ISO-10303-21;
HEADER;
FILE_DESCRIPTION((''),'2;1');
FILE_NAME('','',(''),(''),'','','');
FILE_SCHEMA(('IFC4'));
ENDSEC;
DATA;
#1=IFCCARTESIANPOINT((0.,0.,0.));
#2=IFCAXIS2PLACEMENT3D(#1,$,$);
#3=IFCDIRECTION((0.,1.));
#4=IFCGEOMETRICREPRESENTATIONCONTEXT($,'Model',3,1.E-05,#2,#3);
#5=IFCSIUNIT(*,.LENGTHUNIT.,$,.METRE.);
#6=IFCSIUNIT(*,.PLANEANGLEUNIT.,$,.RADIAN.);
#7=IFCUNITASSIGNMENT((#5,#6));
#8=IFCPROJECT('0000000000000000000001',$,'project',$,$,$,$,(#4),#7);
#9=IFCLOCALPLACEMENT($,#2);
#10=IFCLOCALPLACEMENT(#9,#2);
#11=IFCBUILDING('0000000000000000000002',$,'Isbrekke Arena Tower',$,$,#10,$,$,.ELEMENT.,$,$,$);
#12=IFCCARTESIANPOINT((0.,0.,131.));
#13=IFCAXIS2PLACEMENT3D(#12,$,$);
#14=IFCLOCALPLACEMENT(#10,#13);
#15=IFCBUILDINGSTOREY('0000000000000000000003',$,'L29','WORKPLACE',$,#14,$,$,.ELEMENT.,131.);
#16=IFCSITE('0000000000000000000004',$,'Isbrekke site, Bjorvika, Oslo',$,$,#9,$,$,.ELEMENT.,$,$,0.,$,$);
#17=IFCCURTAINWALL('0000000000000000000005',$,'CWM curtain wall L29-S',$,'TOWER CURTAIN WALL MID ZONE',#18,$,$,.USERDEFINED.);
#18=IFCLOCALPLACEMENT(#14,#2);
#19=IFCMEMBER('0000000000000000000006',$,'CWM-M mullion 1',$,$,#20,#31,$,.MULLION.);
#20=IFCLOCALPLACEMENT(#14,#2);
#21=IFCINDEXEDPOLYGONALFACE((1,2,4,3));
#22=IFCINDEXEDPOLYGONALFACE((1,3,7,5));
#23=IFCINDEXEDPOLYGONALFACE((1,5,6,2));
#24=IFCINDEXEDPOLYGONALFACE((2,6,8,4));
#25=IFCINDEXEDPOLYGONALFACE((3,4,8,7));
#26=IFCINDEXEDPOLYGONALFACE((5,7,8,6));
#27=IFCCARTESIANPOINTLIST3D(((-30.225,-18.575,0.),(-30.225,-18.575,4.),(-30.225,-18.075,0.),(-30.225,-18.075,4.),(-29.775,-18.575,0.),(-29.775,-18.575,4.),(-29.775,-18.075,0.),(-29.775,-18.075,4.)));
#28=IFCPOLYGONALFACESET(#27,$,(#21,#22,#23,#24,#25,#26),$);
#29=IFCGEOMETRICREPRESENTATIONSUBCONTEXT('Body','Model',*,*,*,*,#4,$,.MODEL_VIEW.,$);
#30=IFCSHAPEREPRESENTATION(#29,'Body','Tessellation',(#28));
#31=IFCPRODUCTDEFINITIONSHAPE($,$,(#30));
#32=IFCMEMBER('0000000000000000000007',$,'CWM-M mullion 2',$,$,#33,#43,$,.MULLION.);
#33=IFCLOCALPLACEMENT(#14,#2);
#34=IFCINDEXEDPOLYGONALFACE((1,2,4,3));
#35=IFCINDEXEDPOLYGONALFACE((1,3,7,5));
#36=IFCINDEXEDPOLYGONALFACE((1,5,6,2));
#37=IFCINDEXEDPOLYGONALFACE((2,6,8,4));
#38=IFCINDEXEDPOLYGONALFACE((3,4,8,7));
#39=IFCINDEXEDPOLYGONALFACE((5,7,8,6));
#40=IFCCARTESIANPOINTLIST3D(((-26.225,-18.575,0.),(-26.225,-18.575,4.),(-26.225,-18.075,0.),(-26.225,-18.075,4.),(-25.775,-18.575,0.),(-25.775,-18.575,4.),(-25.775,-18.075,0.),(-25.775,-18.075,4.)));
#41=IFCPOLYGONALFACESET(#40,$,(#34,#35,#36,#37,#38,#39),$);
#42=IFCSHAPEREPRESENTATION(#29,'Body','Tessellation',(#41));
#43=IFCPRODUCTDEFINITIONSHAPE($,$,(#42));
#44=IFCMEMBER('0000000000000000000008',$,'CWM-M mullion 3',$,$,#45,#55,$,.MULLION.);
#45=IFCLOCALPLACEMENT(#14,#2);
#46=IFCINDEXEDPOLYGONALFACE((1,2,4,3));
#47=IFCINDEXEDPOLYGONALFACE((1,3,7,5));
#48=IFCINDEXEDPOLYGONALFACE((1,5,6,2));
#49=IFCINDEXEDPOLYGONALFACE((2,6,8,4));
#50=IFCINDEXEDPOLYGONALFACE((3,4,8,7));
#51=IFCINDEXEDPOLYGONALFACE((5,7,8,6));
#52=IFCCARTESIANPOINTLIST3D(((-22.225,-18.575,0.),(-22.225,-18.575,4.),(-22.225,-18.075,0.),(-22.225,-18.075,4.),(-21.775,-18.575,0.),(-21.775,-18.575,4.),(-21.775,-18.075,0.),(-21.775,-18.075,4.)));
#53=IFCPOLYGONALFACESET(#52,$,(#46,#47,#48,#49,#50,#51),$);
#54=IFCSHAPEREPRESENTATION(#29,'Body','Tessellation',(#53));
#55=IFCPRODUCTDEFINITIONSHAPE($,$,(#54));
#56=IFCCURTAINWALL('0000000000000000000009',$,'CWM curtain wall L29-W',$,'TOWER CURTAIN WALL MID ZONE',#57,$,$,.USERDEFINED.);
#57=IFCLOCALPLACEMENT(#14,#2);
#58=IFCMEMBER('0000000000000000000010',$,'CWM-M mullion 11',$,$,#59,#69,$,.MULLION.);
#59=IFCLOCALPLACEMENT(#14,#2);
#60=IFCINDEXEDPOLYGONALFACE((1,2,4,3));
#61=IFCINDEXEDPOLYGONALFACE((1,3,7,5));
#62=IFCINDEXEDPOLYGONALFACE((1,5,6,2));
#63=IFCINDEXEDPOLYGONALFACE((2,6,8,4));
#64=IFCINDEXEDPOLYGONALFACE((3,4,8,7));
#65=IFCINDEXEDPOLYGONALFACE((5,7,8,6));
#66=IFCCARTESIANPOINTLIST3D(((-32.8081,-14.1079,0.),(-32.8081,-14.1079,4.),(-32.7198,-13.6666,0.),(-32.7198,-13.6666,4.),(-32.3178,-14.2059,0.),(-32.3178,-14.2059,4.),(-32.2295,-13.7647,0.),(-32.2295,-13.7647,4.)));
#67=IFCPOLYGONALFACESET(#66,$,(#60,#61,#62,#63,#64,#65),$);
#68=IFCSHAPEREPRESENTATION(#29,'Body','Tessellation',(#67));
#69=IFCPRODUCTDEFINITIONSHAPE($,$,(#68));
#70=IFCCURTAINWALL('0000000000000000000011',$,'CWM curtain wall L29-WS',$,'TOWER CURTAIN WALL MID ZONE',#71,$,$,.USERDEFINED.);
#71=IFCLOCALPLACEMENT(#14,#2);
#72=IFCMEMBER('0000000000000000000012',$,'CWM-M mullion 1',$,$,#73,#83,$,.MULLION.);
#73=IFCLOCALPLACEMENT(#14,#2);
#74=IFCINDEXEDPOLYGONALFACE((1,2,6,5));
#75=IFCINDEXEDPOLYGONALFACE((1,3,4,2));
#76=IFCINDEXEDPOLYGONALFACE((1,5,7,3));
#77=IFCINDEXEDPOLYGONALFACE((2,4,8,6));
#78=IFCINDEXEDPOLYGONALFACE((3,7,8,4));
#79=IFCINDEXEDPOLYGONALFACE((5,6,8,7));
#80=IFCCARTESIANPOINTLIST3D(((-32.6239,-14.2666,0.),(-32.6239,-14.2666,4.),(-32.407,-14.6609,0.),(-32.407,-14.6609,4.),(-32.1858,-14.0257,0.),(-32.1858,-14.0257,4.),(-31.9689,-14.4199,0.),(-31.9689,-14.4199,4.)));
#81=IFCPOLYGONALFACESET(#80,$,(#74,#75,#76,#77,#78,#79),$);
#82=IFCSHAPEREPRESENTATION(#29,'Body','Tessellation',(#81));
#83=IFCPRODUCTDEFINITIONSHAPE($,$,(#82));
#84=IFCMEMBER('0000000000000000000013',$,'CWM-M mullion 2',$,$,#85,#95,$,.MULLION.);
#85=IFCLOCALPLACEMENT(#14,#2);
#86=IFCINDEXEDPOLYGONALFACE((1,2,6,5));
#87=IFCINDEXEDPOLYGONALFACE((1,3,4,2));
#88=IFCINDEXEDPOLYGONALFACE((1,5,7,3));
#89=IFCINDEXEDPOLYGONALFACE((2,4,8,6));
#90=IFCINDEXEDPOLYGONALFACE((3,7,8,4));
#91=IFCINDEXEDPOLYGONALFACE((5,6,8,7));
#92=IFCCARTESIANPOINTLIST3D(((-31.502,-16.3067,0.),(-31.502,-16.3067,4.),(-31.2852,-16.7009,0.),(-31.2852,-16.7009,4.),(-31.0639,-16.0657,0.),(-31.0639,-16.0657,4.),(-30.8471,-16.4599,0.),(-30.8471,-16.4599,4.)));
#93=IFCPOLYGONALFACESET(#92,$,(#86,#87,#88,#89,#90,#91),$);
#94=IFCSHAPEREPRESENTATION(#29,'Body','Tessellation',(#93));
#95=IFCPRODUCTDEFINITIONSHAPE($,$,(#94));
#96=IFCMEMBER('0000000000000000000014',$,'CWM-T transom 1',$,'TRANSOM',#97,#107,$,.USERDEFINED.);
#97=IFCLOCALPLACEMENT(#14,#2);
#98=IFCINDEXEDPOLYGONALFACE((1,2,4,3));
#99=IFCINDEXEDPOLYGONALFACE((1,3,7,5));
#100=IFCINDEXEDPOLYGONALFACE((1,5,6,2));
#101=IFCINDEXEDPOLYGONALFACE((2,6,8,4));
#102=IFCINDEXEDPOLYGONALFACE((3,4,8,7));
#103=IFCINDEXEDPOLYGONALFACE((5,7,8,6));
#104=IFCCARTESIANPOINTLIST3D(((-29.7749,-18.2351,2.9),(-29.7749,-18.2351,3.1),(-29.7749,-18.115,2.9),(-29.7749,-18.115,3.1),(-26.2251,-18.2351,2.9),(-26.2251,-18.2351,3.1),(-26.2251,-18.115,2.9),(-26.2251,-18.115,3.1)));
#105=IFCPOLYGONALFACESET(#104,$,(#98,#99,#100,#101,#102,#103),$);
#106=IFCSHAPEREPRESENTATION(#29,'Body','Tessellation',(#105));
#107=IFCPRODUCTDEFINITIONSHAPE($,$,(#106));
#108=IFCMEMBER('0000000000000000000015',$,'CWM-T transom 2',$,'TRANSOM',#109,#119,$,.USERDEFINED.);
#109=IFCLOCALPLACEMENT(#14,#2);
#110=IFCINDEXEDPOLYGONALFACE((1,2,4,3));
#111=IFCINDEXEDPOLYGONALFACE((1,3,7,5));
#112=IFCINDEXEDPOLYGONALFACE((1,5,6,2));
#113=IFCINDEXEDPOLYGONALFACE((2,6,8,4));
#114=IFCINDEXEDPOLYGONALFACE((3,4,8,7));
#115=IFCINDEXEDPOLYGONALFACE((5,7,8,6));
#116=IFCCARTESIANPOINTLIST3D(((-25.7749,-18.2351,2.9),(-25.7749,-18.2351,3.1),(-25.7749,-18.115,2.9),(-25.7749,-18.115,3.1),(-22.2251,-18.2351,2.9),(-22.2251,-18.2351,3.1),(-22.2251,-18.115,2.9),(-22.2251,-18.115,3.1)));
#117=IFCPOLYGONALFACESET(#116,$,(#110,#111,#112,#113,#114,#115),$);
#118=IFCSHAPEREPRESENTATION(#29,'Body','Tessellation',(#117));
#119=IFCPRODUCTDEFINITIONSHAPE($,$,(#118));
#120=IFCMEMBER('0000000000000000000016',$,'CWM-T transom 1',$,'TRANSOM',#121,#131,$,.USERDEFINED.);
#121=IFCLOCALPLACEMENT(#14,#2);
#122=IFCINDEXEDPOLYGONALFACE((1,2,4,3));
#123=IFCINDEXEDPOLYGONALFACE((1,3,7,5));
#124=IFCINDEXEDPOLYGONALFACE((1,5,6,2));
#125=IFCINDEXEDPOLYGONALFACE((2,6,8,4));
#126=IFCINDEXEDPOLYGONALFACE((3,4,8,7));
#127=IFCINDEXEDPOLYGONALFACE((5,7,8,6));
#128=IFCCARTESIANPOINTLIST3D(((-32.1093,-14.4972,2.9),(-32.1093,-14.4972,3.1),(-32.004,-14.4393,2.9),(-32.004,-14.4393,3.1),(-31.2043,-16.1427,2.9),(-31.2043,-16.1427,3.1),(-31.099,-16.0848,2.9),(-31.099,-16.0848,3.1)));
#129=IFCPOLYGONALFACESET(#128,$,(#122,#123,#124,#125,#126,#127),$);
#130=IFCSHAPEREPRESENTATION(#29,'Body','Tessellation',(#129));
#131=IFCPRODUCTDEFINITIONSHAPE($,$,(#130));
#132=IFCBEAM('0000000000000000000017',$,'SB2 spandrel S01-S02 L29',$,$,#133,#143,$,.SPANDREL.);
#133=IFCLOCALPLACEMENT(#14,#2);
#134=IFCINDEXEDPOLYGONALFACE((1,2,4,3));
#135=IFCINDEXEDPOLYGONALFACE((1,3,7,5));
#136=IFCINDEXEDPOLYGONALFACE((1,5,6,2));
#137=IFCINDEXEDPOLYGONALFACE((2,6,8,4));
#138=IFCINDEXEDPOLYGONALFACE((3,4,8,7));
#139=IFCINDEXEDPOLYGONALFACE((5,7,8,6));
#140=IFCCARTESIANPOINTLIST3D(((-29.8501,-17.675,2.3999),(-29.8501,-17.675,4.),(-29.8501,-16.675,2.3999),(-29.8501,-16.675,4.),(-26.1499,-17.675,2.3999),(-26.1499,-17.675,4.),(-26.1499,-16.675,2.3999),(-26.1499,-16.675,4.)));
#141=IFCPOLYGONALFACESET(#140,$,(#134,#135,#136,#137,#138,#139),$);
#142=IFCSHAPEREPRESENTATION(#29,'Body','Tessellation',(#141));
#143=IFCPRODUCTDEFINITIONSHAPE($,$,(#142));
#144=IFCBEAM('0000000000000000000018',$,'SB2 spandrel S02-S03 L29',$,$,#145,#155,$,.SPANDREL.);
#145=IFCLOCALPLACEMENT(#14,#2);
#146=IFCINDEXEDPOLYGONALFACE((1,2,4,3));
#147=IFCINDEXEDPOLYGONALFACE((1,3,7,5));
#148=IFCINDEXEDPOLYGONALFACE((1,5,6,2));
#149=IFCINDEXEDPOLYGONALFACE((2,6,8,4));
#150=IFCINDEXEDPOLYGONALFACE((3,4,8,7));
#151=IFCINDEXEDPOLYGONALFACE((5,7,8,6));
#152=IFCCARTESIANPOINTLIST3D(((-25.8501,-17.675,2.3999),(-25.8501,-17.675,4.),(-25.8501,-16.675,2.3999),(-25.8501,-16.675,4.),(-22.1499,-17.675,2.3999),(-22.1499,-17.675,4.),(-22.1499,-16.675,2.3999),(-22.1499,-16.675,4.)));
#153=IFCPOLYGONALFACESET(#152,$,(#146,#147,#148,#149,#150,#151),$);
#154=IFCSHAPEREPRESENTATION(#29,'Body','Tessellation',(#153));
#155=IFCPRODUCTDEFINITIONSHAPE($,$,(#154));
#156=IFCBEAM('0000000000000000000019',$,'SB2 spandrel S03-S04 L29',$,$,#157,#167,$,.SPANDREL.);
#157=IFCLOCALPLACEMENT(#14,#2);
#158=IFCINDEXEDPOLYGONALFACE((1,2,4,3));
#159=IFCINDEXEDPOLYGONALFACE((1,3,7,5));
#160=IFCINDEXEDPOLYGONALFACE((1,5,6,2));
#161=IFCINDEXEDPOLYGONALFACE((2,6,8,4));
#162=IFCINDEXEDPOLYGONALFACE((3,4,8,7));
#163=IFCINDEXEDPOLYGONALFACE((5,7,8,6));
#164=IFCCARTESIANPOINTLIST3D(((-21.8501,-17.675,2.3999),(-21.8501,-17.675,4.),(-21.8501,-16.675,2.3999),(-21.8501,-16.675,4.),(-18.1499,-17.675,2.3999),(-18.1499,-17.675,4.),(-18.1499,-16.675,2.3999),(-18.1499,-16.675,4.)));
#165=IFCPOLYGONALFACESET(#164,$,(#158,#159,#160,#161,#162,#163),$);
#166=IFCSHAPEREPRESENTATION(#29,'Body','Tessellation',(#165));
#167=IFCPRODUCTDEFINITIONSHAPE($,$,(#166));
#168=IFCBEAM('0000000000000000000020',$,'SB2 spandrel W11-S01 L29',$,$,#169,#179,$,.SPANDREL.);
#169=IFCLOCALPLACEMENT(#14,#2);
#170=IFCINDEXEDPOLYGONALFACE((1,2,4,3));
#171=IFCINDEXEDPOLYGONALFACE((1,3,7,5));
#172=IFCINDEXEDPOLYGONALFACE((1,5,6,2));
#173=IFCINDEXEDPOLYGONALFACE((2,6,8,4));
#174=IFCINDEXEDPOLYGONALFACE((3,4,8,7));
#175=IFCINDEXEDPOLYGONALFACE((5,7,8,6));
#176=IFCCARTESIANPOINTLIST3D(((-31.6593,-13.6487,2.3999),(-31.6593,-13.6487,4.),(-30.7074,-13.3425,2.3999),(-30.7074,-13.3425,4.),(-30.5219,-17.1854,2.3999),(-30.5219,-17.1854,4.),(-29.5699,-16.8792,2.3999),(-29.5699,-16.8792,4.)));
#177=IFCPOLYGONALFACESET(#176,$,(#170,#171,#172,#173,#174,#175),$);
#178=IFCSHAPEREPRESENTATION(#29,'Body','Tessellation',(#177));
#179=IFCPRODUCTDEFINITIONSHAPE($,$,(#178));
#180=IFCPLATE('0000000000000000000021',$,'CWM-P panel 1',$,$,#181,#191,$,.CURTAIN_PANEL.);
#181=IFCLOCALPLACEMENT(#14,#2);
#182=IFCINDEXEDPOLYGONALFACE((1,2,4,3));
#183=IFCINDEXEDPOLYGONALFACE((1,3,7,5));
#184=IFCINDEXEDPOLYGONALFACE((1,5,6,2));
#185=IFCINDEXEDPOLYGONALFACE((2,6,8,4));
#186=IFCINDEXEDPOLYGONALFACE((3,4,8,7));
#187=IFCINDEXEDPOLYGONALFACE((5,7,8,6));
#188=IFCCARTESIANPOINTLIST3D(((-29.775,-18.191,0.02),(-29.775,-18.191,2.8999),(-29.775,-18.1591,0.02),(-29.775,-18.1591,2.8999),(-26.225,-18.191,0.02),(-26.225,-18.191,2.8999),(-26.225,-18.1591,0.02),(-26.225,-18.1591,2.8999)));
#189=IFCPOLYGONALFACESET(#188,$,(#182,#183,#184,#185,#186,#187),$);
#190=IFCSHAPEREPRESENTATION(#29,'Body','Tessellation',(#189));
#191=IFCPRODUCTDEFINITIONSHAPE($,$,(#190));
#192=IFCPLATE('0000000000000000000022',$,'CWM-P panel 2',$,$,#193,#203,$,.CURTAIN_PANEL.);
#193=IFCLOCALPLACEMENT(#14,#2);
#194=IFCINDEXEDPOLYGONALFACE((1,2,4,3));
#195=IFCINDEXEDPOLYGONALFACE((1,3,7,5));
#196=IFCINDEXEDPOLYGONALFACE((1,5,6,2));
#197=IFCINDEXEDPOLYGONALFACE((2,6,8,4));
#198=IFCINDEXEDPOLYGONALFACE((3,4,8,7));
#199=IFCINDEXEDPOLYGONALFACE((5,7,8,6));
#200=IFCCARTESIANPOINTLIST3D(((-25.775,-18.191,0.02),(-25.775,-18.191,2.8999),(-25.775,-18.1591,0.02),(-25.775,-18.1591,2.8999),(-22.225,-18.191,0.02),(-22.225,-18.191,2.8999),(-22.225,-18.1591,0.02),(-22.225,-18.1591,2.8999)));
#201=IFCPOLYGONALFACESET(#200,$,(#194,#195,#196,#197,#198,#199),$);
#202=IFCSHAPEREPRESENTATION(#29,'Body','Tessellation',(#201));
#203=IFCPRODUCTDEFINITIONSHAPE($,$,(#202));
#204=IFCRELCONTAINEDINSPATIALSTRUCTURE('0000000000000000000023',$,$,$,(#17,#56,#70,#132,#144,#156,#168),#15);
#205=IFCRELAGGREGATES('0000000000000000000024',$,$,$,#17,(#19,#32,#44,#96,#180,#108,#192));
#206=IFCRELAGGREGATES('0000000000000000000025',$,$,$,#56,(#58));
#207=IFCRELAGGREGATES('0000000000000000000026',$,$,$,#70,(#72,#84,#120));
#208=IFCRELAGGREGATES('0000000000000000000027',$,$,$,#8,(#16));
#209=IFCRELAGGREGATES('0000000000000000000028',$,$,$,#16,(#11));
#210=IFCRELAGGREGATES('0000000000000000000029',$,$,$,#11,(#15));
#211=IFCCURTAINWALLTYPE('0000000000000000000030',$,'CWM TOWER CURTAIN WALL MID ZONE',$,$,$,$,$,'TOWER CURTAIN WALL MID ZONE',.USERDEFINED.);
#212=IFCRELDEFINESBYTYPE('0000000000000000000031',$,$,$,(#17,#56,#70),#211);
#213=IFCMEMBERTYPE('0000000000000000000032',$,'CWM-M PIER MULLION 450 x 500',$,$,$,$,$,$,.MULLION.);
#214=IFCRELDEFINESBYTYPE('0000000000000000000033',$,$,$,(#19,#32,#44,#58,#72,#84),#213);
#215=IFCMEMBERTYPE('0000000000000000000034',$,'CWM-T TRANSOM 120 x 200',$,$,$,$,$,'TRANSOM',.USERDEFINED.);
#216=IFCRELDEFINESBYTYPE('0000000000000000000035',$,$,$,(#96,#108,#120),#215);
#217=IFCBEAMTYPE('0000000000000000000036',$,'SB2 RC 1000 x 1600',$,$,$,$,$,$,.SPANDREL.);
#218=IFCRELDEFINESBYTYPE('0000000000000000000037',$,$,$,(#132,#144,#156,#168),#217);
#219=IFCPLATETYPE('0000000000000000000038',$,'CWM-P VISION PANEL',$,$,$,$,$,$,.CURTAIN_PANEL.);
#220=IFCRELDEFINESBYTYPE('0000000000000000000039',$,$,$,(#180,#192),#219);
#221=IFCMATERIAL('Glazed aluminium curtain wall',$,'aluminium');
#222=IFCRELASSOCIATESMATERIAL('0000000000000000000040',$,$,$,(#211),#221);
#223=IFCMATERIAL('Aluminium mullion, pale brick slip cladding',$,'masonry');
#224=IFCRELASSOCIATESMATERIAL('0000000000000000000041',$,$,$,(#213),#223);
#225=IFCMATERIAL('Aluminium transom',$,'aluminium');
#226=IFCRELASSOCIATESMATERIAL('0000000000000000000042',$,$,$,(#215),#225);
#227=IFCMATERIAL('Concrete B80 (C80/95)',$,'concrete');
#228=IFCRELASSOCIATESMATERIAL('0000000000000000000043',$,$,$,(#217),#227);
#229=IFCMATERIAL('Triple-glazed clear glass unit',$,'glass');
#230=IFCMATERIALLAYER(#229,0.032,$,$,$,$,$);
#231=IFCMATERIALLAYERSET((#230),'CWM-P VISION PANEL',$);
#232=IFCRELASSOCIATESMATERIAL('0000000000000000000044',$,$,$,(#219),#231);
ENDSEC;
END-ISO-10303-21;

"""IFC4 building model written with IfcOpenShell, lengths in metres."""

from ifc_helpers import new_model, si_unit, direction, frame, origin, origin_2d, place, context, subcontext, project, spatial, rectangle, extrude, material, layer, layer_set, material_profile, profile_set, type_object, element, aggregate, save


model = new_model("IFC4")

# Units and contexts
model_context = context("Model", 3, precision=1e-05, world=origin(), true_north=direction((0.0, 1.0)))
body_context = subcontext(model_context, "Body", "Model", "MODEL_VIEW")
ifc_project = project(units=[si_unit("LENGTHUNIT", "METRE"), si_unit("PLANEANGLEUNIT", "RADIAN")], contexts=[model_context])

# Site, building, storey
site_placement = place(None, origin())
site = spatial("IfcSite", under=ifc_project, at=site_placement, Name="Isbrekke site, Bjorvika, Oslo", CompositionType="ELEMENT", RefElevation=0.0)
building_placement = place(site_placement, origin())
building = spatial("IfcBuilding", under=site, at=building_placement, Name="Isbrekke Arena Tower", CompositionType="ELEMENT")
storey_placement = place(building_placement, frame((0.0, 0.0, 131.0)))
storey = spatial("IfcBuildingStorey", under=building, at=storey_placement, Name="L29", Description="WORKPLACE", CompositionType="ELEMENT", Elevation=131.0)

# Curtain wall, members
ifc_material_1 = material(Name="Glazed aluminium curtain wall", Category="aluminium")
curtain_wall_type = type_object("IfcCurtainWallType", Name="CWM TOWER CURTAIN WALL MID ZONE", ElementType="TOWER CURTAIN WALL MID ZONE", PredefinedType="USERDEFINED", material=ifc_material_1)
curtain_wall_1_placement = place(storey_placement, origin())
curtain_wall_1 = element("IfcCurtainWall", 1, at=curtain_wall_1_placement, inside=storey, type_object=curtain_wall_type, Name="CWM curtain wall L29-S", ObjectType="TOWER CURTAIN WALL MID ZONE", PredefinedType="USERDEFINED")
ifc_material_2 = material(Name="Aluminium mullion, pale brick slip cladding", Category="masonry")
ifc_material_profile_1 = material_profile(ifc_material_2, rectangle(XDim=0.45, YDim=0.5, at=origin_2d()), Name="PIER 450X500")
ifc_profile_set_1 = profile_set([ifc_material_profile_1], Name="Aluminium mullion, pale brick slip cladding")
member_type_1 = type_object("IfcMemberType", Name="CWM-M PIER MULLION 450 x 500", PredefinedType="MULLION", material=ifc_profile_set_1)
member_1_placement = place(storey_placement, frame((-30.0, -18.325, 0.0), z_axis=(0.0, 0.0, 1.0), x_axis=(1.0, 0.0, 0.0)))
member_1 = element("IfcMember", 2, at=member_1_placement, type_object=member_type_1, Name="CWM-M mullion 1", PredefinedType="MULLION", context=body_context, shape_type="SweptSolid", body=[
    extrude(rectangle(XDim=0.45, YDim=0.5, at=origin_2d()), origin(), (0.0, 0.0, 1.0), 4.0),
])
member_2_placement = place(storey_placement, frame((-26.0, -18.325, 0.0), z_axis=(0.0, 0.0, 1.0), x_axis=(1.0, 0.0, 0.0)))
member_2 = element("IfcMember", 3, at=member_2_placement, type_object=member_type_1, Name="CWM-M mullion 2", PredefinedType="MULLION", context=body_context, shape_type="SweptSolid", body=[
    extrude(rectangle(XDim=0.45, YDim=0.5, at=origin_2d()), origin(), (0.0, 0.0, 1.0), 4.0),
])
member_3_placement = place(storey_placement, frame((-22.0, -18.325, 0.0), z_axis=(0.0, 0.0, 1.0), x_axis=(1.0, 0.0, 0.0)))
member_3 = element("IfcMember", 4, at=member_3_placement, type_object=member_type_1, Name="CWM-M mullion 3", PredefinedType="MULLION", context=body_context, shape_type="SweptSolid", body=[
    extrude(rectangle(XDim=0.45, YDim=0.5, at=origin_2d()), origin(), (0.0, 0.0, 1.0), 4.0),
])

# Curtain wall, member
curtain_wall_2_placement = place(storey_placement, origin())
curtain_wall_2 = element("IfcCurtainWall", 5, at=curtain_wall_2_placement, inside=storey, type_object=curtain_wall_type, Name="CWM curtain wall L29-W", ObjectType="TOWER CURTAIN WALL MID ZONE", PredefinedType="USERDEFINED")
member_4_placement = place(storey_placement, frame((-32.5188, -13.9363, 0.0), z_axis=(0.0, 0.0, 1.0), x_axis=(-0.196116, -0.980581, 0.0)))
member_4 = element("IfcMember", 6, at=member_4_placement, type_object=member_type_1, Name="CWM-M mullion 11", PredefinedType="MULLION", context=body_context, shape_type="SweptSolid", body=[
    extrude(rectangle(XDim=0.45, YDim=0.5, at=origin_2d()), origin(), (0.0, 0.0, 1.0), 4.0),
])

# Curtain wall, members
curtain_wall_3_placement = place(storey_placement, origin())
curtain_wall_3 = element("IfcCurtainWall", 7, at=curtain_wall_3_placement, inside=storey, type_object=curtain_wall_type, Name="CWM curtain wall L29-WS", ObjectType="TOWER CURTAIN WALL MID ZONE", PredefinedType="USERDEFINED")
member_5_placement = place(storey_placement, frame((-32.2964, -14.3433, 0.0), z_axis=(0.0, 0.0, 1.0), x_axis=(0.481919, -0.876216, 0.0)))
member_5 = element("IfcMember", 8, at=member_5_placement, type_object=member_type_1, Name="CWM-M mullion 1", PredefinedType="MULLION", context=body_context, shape_type="SweptSolid", body=[
    extrude(rectangle(XDim=0.45, YDim=0.5, at=origin_2d()), origin(), (0.0, 0.0, 1.0), 4.0),
])
member_6_placement = place(storey_placement, frame((-31.1746, -16.3833, 0.0), z_axis=(0.0, 0.0, 1.0), x_axis=(0.481919, -0.876216, 0.0)))
member_6 = element("IfcMember", 9, at=member_6_placement, type_object=member_type_1, Name="CWM-M mullion 2", PredefinedType="MULLION", context=body_context, shape_type="SweptSolid", body=[
    extrude(rectangle(XDim=0.45, YDim=0.5, at=origin_2d()), origin(), (0.0, 0.0, 1.0), 4.0),
])

# Members
ifc_material_3 = material(Name="Aluminium transom", Category="aluminium")
ifc_material_profile_2 = material_profile(ifc_material_3, rectangle(XDim=0.1201, YDim=0.2, at=origin_2d()), Name="TRANSOM 120X200")
ifc_profile_set_2 = profile_set([ifc_material_profile_2], Name="Aluminium transom")
member_type_2 = type_object("IfcMemberType", Name="CWM-T TRANSOM 120 x 200", ElementType="TRANSOM", PredefinedType="USERDEFINED", material=ifc_profile_set_2)
member_7_placement = place(storey_placement, frame((-29.7749, -18.175, 3.0), z_axis=(1.0, 0.0, 0.0), x_axis=(0.0, 1.0, 0.0)))
member_7 = element("IfcMember", 10, at=member_7_placement, type_object=member_type_2, Name="CWM-T transom 1", ObjectType="TRANSOM", PredefinedType="USERDEFINED", context=body_context, shape_type="SweptSolid", body=[
    extrude(rectangle(XDim=0.1201, YDim=0.2, at=origin_2d()), origin(), (0.0, 0.0, 1.0), 3.5498),
])
member_8_placement = place(storey_placement, frame((-25.7749, -18.175, 3.0), z_axis=(1.0, 0.0, 0.0), x_axis=(0.0, 1.0, 0.0)))
member_8 = element("IfcMember", 11, at=member_8_placement, type_object=member_type_2, Name="CWM-T transom 2", ObjectType="TRANSOM", PredefinedType="USERDEFINED", context=body_context, shape_type="SweptSolid", body=[
    extrude(rectangle(XDim=0.1201, YDim=0.2, at=origin_2d()), origin(), (0.0, 0.0, 1.0), 3.5498),
])
member_9_placement = place(storey_placement, frame((-32.0566, -14.4683, 3.0), z_axis=(0.481919, -0.876216, 0.0), x_axis=(0.876216, 0.481919, 0.0)))
member_9 = element("IfcMember", 12, at=member_9_placement, type_object=member_type_2, Name="CWM-T transom 1", ObjectType="TRANSOM", PredefinedType="USERDEFINED", context=body_context, shape_type="SweptSolid", body=[
    extrude(rectangle(XDim=0.1201, YDim=0.2, at=origin_2d()), origin(), (0.0, 0.0, 1.0), 1.8779),
])

# Beams
ifc_material_4 = material(Name="Concrete B80 (C80/95)", Category="concrete")
ifc_material_profile_3 = material_profile(ifc_material_4, rectangle(XDim=1.0, YDim=1.6001, at=origin_2d()), Name="RC 1000x1600")
ifc_profile_set_3 = profile_set([ifc_material_profile_3], Name="Concrete B80 (C80/95)")
beam_type_1 = type_object("IfcBeamType", Name="SB2 RC 1000 x 1600", PredefinedType="SPANDREL", material=ifc_profile_set_3)
for number, where, z_axis, x_axis, name in (
    (13, (-29.8501, -17.175, 3.2), (1.0, 0.0, 0.0), (0.0, 1.0, 0.0), "SB2 spandrel S01-S02 L29"),
    (14, (-25.8501, -17.175, 3.2), (1.0, 0.0, 0.0), (0.0, 1.0, 0.0), "SB2 spandrel S02-S03 L29"),
    (15, (-21.8501, -17.175, 3.2), (1.0, 0.0, 0.0), (0.0, 1.0, 0.0), "SB2 spandrel S03-S04 L29"),
):
    element("IfcBeam", number, at=place(storey_placement, frame(where, z_axis=z_axis, x_axis=x_axis)), inside=storey, type_object=beam_type_1, Name=name, PredefinedType="SPANDREL", context=body_context, shape_type="SweptSolid", body=[
        extrude(rectangle(XDim=1.0, YDim=1.6001, at=origin_2d()), origin(), (0.0, 0.0, 1.0), 3.7002),
    ])
beam_1_placement = place(storey_placement, frame((-31.1833, -13.4956, 3.2), z_axis=(0.306175, -0.951975, 0.0), x_axis=(0.951975, 0.306175, 0.0)))
element("IfcBeam", 16, at=beam_1_placement, inside=storey, type_object=beam_type_1, Name="SB2 spandrel W11-S01 L29", PredefinedType="SPANDREL", context=body_context, shape_type="SweptSolid", body=[
    extrude(rectangle(XDim=1.0, YDim=1.6001, at=origin_2d()), origin(), (0.0, 0.0, 1.0), 3.7151),
])

# Plates
ifc_material_5 = material(Name="Triple-glazed clear glass unit", Category="glass")
ifc_layer = layer(ifc_material_5, 0.032)
ifc_layer_set = layer_set([ifc_layer], Name="CWM-P VISION PANEL")
plate_type = type_object("IfcPlateType", Name="CWM-P VISION PANEL", PredefinedType="CURTAIN_PANEL", material=ifc_layer_set)
plate_1_placement = place(storey_placement, frame((-28.0, -18.175, 0.02), z_axis=(0.0, 0.0, 1.0), x_axis=(1.0, 0.0, 0.0)))
plate_1 = element("IfcPlate", 17, at=plate_1_placement, type_object=plate_type, Name="CWM-P panel 1", PredefinedType="CURTAIN_PANEL", context=body_context, shape_type="SweptSolid", body=[
    extrude(rectangle(XDim=3.55, YDim=0.032, at=origin_2d()), origin(), (0.0, 0.0, 1.0), 2.8799),
])
plate_2_placement = place(storey_placement, frame((-24.0, -18.175, 0.02), z_axis=(0.0, 0.0, 1.0), x_axis=(1.0, 0.0, 0.0)))
plate_2 = element("IfcPlate", 18, at=plate_2_placement, type_object=plate_type, Name="CWM-P panel 2", PredefinedType="CURTAIN_PANEL", context=body_context, shape_type="SweptSolid", body=[
    extrude(rectangle(XDim=3.55, YDim=0.032, at=origin_2d()), origin(), (0.0, 0.0, 1.0), 2.8799),
])
aggregate(curtain_wall_1, [member_1, member_2, member_3, member_7, plate_1, member_8, plate_2])
aggregate(curtain_wall_2, [member_4])
aggregate(curtain_wall_3, [member_5, member_6, member_9])

save(model, "model.ifc")
